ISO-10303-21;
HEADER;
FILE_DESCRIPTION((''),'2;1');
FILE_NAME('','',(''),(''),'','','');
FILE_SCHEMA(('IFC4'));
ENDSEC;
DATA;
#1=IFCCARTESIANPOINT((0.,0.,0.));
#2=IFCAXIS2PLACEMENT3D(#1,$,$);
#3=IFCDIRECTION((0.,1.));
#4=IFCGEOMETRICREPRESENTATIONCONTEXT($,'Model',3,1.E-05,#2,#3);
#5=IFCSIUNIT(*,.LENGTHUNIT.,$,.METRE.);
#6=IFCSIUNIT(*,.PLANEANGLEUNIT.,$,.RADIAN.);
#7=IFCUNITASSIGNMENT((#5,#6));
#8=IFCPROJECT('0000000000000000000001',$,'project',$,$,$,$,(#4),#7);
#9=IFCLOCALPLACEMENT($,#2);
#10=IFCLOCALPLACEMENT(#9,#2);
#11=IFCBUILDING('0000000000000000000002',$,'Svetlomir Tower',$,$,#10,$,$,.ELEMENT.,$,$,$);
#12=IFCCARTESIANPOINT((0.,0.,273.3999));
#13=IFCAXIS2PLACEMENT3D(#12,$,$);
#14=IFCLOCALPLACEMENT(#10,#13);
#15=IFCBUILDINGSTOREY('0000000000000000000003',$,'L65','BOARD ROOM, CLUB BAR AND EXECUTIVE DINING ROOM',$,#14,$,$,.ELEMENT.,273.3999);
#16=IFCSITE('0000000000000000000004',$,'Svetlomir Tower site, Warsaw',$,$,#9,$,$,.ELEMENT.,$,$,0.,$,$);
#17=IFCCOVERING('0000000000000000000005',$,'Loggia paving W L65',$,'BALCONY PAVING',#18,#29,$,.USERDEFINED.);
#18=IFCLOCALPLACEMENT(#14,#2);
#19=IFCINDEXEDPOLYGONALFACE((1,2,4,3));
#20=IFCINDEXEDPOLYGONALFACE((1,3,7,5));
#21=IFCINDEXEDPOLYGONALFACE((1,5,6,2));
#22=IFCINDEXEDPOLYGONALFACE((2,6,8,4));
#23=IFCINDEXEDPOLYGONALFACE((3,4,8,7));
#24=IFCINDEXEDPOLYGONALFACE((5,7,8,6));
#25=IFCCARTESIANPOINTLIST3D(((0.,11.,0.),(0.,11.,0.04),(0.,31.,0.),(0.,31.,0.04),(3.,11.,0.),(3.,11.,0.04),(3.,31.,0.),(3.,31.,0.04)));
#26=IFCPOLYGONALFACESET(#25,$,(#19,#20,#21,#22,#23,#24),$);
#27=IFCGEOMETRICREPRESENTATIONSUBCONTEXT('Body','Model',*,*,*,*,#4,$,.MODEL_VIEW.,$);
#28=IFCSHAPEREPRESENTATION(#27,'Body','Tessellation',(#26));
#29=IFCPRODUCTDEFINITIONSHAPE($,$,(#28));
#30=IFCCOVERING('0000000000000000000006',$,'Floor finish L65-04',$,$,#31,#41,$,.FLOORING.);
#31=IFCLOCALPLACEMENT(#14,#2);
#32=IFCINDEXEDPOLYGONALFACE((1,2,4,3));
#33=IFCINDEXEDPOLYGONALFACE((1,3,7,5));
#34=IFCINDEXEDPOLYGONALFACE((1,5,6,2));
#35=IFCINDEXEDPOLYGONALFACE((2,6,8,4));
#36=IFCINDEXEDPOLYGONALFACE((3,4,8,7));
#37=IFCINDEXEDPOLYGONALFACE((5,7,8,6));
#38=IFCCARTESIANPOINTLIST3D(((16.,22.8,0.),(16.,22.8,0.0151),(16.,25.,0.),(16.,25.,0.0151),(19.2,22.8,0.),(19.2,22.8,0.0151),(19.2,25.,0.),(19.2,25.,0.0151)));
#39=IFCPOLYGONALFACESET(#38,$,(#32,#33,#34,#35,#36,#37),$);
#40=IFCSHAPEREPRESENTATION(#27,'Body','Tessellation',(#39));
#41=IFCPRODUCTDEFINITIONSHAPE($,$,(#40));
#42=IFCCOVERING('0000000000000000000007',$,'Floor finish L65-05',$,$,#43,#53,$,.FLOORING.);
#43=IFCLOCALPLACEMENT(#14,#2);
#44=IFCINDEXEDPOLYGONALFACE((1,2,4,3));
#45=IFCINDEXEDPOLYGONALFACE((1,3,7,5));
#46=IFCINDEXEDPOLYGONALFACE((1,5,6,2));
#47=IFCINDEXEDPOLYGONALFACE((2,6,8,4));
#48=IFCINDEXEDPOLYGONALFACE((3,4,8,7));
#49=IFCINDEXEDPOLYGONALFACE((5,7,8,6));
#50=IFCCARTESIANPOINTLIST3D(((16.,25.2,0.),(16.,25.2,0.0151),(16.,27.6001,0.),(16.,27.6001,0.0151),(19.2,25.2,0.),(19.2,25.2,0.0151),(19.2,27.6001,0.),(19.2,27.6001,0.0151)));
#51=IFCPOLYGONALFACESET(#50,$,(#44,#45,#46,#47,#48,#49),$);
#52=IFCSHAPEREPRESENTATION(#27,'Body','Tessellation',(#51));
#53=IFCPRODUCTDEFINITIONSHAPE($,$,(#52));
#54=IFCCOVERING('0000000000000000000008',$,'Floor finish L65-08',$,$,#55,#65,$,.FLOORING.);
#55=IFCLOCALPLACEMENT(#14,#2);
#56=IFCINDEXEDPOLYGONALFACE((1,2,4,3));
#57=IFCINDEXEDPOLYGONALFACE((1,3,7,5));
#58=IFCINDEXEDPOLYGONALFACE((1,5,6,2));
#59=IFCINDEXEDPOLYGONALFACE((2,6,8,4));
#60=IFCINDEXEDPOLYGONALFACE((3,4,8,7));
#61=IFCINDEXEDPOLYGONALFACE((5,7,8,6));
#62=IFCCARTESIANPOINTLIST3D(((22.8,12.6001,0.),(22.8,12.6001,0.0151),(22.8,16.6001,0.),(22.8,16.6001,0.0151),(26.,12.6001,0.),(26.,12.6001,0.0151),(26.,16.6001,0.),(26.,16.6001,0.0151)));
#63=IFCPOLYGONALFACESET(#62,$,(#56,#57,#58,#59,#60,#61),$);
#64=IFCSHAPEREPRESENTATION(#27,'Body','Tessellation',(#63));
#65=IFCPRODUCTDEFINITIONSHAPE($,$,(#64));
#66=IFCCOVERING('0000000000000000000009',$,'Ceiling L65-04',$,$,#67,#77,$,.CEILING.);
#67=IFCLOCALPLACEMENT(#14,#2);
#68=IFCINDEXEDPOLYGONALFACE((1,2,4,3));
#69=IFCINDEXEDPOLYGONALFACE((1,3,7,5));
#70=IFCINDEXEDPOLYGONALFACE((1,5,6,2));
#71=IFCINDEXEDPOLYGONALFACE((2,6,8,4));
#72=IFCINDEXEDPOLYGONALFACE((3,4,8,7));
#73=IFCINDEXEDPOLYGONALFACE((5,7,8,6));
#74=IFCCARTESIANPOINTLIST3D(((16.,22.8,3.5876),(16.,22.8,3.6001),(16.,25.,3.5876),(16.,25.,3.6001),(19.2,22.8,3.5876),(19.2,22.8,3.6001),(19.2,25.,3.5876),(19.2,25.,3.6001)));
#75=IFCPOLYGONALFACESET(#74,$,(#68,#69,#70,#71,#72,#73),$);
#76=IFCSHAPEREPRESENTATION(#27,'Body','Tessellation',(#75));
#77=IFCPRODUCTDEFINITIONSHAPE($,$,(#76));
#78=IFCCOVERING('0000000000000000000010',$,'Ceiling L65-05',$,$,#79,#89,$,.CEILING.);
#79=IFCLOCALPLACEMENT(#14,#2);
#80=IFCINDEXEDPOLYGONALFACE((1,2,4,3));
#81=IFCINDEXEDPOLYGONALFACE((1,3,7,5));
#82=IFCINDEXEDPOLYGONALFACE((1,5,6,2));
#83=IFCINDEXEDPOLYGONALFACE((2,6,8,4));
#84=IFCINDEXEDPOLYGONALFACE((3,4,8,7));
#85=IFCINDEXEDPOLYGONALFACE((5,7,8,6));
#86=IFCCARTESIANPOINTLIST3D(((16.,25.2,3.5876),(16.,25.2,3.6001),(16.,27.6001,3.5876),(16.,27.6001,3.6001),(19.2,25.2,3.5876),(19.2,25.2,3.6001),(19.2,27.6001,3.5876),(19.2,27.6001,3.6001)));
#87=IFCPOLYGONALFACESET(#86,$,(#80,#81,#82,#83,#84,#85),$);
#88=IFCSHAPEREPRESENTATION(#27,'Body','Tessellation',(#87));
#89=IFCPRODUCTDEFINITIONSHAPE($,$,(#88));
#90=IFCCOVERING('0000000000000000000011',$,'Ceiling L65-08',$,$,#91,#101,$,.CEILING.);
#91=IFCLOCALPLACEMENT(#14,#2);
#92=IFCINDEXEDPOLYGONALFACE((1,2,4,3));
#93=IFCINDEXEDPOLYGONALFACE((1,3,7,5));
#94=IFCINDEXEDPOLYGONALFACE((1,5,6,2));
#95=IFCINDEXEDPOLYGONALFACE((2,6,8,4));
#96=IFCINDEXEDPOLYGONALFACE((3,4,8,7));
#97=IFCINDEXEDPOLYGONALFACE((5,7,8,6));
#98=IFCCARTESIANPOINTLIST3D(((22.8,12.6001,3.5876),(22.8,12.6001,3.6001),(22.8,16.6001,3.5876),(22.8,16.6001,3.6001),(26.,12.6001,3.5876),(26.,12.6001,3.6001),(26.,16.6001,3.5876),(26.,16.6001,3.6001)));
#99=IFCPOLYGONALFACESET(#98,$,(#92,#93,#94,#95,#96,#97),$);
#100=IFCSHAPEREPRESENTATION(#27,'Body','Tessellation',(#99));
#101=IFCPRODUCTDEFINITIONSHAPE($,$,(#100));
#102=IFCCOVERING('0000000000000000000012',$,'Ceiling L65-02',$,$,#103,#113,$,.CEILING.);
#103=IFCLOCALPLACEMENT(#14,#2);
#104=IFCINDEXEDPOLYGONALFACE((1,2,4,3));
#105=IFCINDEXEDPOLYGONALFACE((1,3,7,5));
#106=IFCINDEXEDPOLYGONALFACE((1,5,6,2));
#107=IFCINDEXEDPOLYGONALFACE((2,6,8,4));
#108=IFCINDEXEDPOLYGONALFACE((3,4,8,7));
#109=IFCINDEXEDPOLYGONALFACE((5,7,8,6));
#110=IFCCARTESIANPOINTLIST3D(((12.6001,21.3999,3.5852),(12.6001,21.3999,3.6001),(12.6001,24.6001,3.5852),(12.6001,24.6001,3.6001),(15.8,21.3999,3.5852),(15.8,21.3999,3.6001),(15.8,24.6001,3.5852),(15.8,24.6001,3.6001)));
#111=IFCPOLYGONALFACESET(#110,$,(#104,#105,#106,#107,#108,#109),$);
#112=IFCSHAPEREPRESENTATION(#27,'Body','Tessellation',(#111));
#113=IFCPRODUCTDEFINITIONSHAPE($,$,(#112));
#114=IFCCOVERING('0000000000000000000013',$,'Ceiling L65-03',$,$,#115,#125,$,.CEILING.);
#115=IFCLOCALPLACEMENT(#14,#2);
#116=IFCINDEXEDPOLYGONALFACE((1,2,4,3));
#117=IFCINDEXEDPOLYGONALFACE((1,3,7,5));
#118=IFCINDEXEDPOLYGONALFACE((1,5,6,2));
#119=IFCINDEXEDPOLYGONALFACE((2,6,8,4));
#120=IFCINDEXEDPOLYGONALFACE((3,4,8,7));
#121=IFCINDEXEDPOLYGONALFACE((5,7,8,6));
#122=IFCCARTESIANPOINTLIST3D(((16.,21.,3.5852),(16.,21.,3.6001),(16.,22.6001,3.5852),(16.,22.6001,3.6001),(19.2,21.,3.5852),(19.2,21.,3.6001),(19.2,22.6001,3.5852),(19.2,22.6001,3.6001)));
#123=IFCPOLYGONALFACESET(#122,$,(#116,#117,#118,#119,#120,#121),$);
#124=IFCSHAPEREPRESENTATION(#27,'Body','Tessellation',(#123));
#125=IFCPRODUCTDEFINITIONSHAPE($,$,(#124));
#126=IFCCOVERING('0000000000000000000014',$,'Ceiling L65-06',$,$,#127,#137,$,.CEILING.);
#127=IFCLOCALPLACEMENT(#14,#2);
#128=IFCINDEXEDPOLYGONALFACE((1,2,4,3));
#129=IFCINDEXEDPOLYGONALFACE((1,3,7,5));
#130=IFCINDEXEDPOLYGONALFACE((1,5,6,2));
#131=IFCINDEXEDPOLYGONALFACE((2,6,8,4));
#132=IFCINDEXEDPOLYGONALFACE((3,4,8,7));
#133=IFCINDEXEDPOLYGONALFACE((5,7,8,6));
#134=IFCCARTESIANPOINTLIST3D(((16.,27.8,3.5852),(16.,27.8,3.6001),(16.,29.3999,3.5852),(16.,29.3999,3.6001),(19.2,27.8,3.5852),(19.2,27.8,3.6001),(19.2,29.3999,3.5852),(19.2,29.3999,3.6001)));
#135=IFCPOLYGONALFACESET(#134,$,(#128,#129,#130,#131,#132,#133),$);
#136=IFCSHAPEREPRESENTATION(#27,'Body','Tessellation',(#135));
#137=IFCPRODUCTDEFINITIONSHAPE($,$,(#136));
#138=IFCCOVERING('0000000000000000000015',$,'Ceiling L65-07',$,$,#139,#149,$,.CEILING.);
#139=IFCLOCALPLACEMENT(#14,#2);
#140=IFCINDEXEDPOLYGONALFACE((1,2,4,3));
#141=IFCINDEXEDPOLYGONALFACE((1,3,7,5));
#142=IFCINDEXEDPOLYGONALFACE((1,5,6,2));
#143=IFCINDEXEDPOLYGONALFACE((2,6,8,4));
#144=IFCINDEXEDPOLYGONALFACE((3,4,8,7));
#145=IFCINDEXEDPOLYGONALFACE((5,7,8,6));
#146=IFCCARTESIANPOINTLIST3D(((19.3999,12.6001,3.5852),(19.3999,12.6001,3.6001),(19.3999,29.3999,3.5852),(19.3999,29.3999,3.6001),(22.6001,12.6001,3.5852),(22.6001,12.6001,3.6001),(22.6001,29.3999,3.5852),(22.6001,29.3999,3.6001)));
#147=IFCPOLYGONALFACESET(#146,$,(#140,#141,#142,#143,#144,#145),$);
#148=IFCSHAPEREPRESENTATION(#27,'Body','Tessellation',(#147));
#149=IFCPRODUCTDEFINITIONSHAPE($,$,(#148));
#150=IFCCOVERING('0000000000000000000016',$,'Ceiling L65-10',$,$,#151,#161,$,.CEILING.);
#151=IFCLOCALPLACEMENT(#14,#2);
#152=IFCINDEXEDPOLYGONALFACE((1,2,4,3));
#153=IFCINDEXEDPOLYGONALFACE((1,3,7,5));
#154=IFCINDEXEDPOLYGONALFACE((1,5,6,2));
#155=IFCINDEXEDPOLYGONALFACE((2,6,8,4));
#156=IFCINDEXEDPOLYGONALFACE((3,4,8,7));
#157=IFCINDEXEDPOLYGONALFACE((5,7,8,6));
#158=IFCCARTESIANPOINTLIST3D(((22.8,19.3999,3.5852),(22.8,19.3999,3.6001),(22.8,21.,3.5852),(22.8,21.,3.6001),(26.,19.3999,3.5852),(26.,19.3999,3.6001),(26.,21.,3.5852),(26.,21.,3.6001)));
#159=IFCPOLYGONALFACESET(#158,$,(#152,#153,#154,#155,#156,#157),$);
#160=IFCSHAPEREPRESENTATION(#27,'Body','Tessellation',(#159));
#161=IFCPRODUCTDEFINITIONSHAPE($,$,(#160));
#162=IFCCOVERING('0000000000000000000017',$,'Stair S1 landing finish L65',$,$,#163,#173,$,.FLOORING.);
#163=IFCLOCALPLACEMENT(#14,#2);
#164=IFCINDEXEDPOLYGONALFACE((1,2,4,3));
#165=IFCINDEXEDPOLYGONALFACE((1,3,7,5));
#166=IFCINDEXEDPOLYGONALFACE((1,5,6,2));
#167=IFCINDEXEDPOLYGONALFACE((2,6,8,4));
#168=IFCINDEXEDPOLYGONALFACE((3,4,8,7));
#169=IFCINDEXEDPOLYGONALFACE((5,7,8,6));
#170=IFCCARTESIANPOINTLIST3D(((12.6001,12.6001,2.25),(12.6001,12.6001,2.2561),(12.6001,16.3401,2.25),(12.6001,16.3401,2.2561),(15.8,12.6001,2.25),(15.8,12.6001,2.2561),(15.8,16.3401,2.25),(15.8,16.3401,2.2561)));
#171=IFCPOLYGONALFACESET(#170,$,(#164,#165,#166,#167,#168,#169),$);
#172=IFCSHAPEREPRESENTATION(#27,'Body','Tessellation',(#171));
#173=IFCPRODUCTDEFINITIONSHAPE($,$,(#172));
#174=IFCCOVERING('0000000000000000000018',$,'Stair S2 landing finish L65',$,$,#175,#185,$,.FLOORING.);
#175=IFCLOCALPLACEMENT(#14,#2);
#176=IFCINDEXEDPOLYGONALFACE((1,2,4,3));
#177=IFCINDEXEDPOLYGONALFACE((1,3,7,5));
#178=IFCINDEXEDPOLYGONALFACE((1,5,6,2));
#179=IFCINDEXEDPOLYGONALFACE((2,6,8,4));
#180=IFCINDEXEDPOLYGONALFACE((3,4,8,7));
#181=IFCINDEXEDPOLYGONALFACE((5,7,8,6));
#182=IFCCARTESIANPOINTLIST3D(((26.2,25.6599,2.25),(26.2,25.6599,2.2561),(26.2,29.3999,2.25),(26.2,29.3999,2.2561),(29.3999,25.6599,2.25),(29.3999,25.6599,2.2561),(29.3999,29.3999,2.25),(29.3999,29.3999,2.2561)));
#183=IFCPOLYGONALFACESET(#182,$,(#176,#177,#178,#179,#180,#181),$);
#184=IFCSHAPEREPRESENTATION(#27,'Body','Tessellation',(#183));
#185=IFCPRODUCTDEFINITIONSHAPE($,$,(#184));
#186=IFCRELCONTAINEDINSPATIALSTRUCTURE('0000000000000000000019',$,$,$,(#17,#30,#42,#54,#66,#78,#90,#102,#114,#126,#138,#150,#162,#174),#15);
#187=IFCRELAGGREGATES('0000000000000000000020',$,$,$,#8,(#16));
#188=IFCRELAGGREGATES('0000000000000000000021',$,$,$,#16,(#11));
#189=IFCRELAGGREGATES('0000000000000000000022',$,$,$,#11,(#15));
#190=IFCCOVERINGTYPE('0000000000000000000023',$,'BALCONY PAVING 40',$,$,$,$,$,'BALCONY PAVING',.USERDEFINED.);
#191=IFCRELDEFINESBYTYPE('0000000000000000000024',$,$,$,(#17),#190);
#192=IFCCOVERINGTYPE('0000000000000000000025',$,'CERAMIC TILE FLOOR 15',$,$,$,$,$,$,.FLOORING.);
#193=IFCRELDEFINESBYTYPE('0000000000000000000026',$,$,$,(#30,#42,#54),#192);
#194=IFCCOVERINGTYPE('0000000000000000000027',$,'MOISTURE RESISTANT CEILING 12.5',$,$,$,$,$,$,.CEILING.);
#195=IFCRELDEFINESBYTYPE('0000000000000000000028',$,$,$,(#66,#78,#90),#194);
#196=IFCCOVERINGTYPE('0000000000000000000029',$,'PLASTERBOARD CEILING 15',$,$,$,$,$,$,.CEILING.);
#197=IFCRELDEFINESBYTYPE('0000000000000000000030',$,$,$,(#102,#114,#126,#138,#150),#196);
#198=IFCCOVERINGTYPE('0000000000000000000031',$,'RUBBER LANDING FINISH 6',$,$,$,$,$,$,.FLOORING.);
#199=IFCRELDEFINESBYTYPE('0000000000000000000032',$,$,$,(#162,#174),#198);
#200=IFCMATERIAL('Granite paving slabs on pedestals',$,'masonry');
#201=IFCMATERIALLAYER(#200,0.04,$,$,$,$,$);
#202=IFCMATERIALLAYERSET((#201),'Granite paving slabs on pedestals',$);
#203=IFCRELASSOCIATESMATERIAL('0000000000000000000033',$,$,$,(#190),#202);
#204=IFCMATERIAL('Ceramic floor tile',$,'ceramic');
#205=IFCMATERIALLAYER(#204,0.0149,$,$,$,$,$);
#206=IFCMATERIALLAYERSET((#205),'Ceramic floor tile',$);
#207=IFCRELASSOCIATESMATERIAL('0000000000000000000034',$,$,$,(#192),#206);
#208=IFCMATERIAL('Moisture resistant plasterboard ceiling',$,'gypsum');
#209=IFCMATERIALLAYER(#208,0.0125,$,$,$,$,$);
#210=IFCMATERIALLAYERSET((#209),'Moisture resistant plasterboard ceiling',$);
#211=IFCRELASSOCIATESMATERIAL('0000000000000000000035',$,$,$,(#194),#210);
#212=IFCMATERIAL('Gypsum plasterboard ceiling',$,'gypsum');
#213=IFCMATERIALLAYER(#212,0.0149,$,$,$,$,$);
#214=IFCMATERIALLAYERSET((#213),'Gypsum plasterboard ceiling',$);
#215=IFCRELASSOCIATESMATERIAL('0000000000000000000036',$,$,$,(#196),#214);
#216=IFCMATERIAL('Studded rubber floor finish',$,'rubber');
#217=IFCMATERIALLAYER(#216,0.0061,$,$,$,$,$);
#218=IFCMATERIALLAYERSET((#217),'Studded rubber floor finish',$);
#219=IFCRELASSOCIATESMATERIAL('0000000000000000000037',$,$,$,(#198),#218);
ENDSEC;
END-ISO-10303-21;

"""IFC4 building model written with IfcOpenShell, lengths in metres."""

from ifc_helpers import new_model, si_unit, direction, frame, origin, place, context, subcontext, project, spatial, polyline, outline, extrude, material, layer, layer_set, type_object, element, save


model = new_model("IFC4")

# Units and contexts
model_context = context("Model", 3, precision=1e-05, world=origin(), true_north=direction((0.0, 1.0)))
body_context = subcontext(model_context, "Body", "Model", "MODEL_VIEW")
ifc_project = project(units=[si_unit("LENGTHUNIT", "METRE"), si_unit("PLANEANGLEUNIT", "RADIAN")], contexts=[model_context])

# Site, building, storey
site_placement = place(None, origin())
site = spatial("IfcSite", under=ifc_project, at=site_placement, Name="Svetlomir Tower site, Warsaw", CompositionType="ELEMENT", RefElevation=0.0)
building_placement = place(site_placement, origin())
building = spatial("IfcBuilding", under=site, at=building_placement, Name="Svetlomir Tower", CompositionType="ELEMENT")
storey_placement = place(building_placement, frame((0.0, 0.0, 273.3999)))
storey = spatial("IfcBuildingStorey", under=building, at=storey_placement, Name="L65", Description="BOARD ROOM, CLUB BAR AND EXECUTIVE DINING ROOM", CompositionType="ELEMENT", Elevation=273.3999)

# Coverings
ifc_material_1 = material(Name="Granite paving slabs on pedestals", Category="masonry")
ifc_layer_1 = layer(ifc_material_1, 0.04)
ifc_layer_set_1 = layer_set([ifc_layer_1], Name="Granite paving slabs on pedestals")
covering_type_1 = type_object("IfcCoveringType", Name="BALCONY PAVING 40", ElementType="BALCONY PAVING", PredefinedType="USERDEFINED", material=ifc_layer_set_1)
covering_1_placement = place(storey_placement, origin())
element("IfcCovering", 1, at=covering_1_placement, inside=storey, type_object=covering_type_1, Name="Loggia paving W L65", ObjectType="BALCONY PAVING", PredefinedType="USERDEFINED", context=body_context, shape_type="SweptSolid", body=[
    extrude(outline(polyline([(0.0, 11.0), (3.0, 11.0), (3.0, 31.0), (0.0, 31.0), (0.0, 11.0)])), origin(), (0.0, 0.0, 1.0), 0.04),
])
ifc_material_2 = material(Name="Ceramic floor tile", Category="ceramic")
ifc_layer_2 = layer(ifc_material_2, 0.0149)
ifc_layer_set_2 = layer_set([ifc_layer_2], Name="Ceramic floor tile")
covering_type_2 = type_object("IfcCoveringType", Name="CERAMIC TILE FLOOR 15", PredefinedType="FLOORING", material=ifc_layer_set_2)
covering_2_placement = place(storey_placement, origin())
element("IfcCovering", 2, at=covering_2_placement, inside=storey, type_object=covering_type_2, Name="Floor finish L65-04", PredefinedType="FLOORING", context=body_context, shape_type="SweptSolid", body=[
    extrude(outline(polyline([(16.0, 22.8), (19.2, 22.8), (19.2, 25.0), (16.0, 25.0), (16.0, 22.8)])), origin(), (0.0, 0.0, 1.0), 0.0151),
])
covering_3_placement = place(storey_placement, origin())
element("IfcCovering", 3, at=covering_3_placement, inside=storey, type_object=covering_type_2, Name="Floor finish L65-05", PredefinedType="FLOORING", context=body_context, shape_type="SweptSolid", body=[
    extrude(outline(polyline([(16.0, 25.2), (19.2, 25.2), (19.2, 27.6001), (16.0, 27.6001), (16.0, 25.2)])), origin(), (0.0, 0.0, 1.0), 0.0151),
])
covering_4_placement = place(storey_placement, origin())
element("IfcCovering", 4, at=covering_4_placement, inside=storey, type_object=covering_type_2, Name="Floor finish L65-08", PredefinedType="FLOORING", context=body_context, shape_type="SweptSolid", body=[
    extrude(outline(polyline([(22.8, 12.6001), (26.0, 12.6001), (26.0, 16.6001), (22.8, 16.6001), (22.8, 12.6001)])), origin(), (0.0, 0.0, 1.0), 0.0151),
])
ifc_material_3 = material(Name="Moisture resistant plasterboard ceiling", Category="gypsum")
ifc_layer_3 = layer(ifc_material_3, 0.0125)
ifc_layer_set_3 = layer_set([ifc_layer_3], Name="Moisture resistant plasterboard ceiling")
covering_type_3 = type_object("IfcCoveringType", Name="MOISTURE RESISTANT CEILING 12.5", PredefinedType="CEILING", material=ifc_layer_set_3)
covering_5_placement = place(storey_placement, frame((0.0, 0.0, 3.5876)))
element("IfcCovering", 5, at=covering_5_placement, inside=storey, type_object=covering_type_3, Name="Ceiling L65-04", PredefinedType="CEILING", context=body_context, shape_type="SweptSolid", body=[
    extrude(outline(polyline([(16.0, 22.8), (19.2, 22.8), (19.2, 25.0), (16.0, 25.0), (16.0, 22.8)])), origin(), (0.0, 0.0, 1.0), 0.0125),
])
covering_6_placement = place(storey_placement, frame((0.0, 0.0, 3.5876)))
element("IfcCovering", 6, at=covering_6_placement, inside=storey, type_object=covering_type_3, Name="Ceiling L65-05", PredefinedType="CEILING", context=body_context, shape_type="SweptSolid", body=[
    extrude(outline(polyline([(16.0, 25.2), (19.2, 25.2), (19.2, 27.6001), (16.0, 27.6001), (16.0, 25.2)])), origin(), (0.0, 0.0, 1.0), 0.0125),
])
covering_7_placement = place(storey_placement, frame((0.0, 0.0, 3.5876)))
element("IfcCovering", 7, at=covering_7_placement, inside=storey, type_object=covering_type_3, Name="Ceiling L65-08", PredefinedType="CEILING", context=body_context, shape_type="SweptSolid", body=[
    extrude(outline(polyline([(22.8, 12.6001), (26.0, 12.6001), (26.0, 16.6001), (22.8, 16.6001), (22.8, 12.6001)])), origin(), (0.0, 0.0, 1.0), 0.0125),
])
ifc_material_4 = material(Name="Gypsum plasterboard ceiling", Category="gypsum")
ifc_layer_4 = layer(ifc_material_4, 0.0149)
ifc_layer_set_4 = layer_set([ifc_layer_4], Name="Gypsum plasterboard ceiling")
covering_type_4 = type_object("IfcCoveringType", Name="PLASTERBOARD CEILING 15", PredefinedType="CEILING", material=ifc_layer_set_4)
covering_8_placement = place(storey_placement, frame((0.0, 0.0, 3.5852)))
element("IfcCovering", 8, at=covering_8_placement, inside=storey, type_object=covering_type_4, Name="Ceiling L65-02", PredefinedType="CEILING", context=body_context, shape_type="SweptSolid", body=[
    extrude(outline(polyline([(12.6001, 21.3999), (15.8, 21.3999), (15.8, 24.6001), (12.6001, 24.6001), (12.6001, 21.3999)])), origin(), (0.0, 0.0, 1.0), 0.0149),
])
covering_9_placement = place(storey_placement, frame((0.0, 0.0, 3.5852)))
element("IfcCovering", 9, at=covering_9_placement, inside=storey, type_object=covering_type_4, Name="Ceiling L65-03", PredefinedType="CEILING", context=body_context, shape_type="SweptSolid", body=[
    extrude(outline(polyline([(16.0, 21.0), (19.2, 21.0), (19.2, 22.6001), (16.0, 22.6001), (16.0, 21.0)])), origin(), (0.0, 0.0, 1.0), 0.0149),
])
covering_10_placement = place(storey_placement, frame((0.0, 0.0, 3.5852)))
element("IfcCovering", 10, at=covering_10_placement, inside=storey, type_object=covering_type_4, Name="Ceiling L65-06", PredefinedType="CEILING", context=body_context, shape_type="SweptSolid", body=[
    extrude(outline(polyline([(16.0, 27.8), (19.2, 27.8), (19.2, 29.3999), (16.0, 29.3999), (16.0, 27.8)])), origin(), (0.0, 0.0, 1.0), 0.0149),
])
covering_11_placement = place(storey_placement, frame((0.0, 0.0, 3.5852)))
element("IfcCovering", 11, at=covering_11_placement, inside=storey, type_object=covering_type_4, Name="Ceiling L65-07", PredefinedType="CEILING", context=body_context, shape_type="SweptSolid", body=[
    extrude(outline(polyline([(19.3999, 12.6001), (22.6001, 12.6001), (22.6001, 29.3999), (19.3999, 29.3999), (19.3999, 12.6001)])), origin(), (0.0, 0.0, 1.0), 0.0149),
])
covering_12_placement = place(storey_placement, frame((0.0, 0.0, 3.5852)))
element("IfcCovering", 12, at=covering_12_placement, inside=storey, type_object=covering_type_4, Name="Ceiling L65-10", PredefinedType="CEILING", context=body_context, shape_type="SweptSolid", body=[
    extrude(outline(polyline([(22.8, 19.3999), (26.0, 19.3999), (26.0, 21.0), (22.8, 21.0), (22.8, 19.3999)])), origin(), (0.0, 0.0, 1.0), 0.0149),
])
ifc_material_5 = material(Name="Studded rubber floor finish", Category="rubber")
ifc_layer_5 = layer(ifc_material_5, 0.0061)
ifc_layer_set_5 = layer_set([ifc_layer_5], Name="Studded rubber floor finish")
covering_type_5 = type_object("IfcCoveringType", Name="RUBBER LANDING FINISH 6", PredefinedType="FLOORING", material=ifc_layer_set_5)
covering_13_placement = place(storey_placement, frame((0.0, 0.0, 2.25)))
element("IfcCovering", 13, at=covering_13_placement, inside=storey, type_object=covering_type_5, Name="Stair S1 landing finish L65", PredefinedType="FLOORING", context=body_context, shape_type="SweptSolid", body=[
    extrude(outline(polyline([(12.6001, 12.6001), (15.8, 12.6001), (15.8, 16.3401), (12.6001, 16.3401), (12.6001, 12.6001)])), origin(), (0.0, 0.0, 1.0), 0.0061),
])
covering_14_placement = place(storey_placement, frame((0.0, 0.0, 2.25)))
element("IfcCovering", 14, at=covering_14_placement, inside=storey, type_object=covering_type_5, Name="Stair S2 landing finish L65", PredefinedType="FLOORING", context=body_context, shape_type="SweptSolid", body=[
    extrude(outline(polyline([(26.2, 25.6599), (29.3999, 25.6599), (29.3999, 29.3999), (26.2, 29.3999), (26.2, 25.6599)])), origin(), (0.0, 0.0, 1.0), 0.0061),
])

save(model, "model.ifc")
